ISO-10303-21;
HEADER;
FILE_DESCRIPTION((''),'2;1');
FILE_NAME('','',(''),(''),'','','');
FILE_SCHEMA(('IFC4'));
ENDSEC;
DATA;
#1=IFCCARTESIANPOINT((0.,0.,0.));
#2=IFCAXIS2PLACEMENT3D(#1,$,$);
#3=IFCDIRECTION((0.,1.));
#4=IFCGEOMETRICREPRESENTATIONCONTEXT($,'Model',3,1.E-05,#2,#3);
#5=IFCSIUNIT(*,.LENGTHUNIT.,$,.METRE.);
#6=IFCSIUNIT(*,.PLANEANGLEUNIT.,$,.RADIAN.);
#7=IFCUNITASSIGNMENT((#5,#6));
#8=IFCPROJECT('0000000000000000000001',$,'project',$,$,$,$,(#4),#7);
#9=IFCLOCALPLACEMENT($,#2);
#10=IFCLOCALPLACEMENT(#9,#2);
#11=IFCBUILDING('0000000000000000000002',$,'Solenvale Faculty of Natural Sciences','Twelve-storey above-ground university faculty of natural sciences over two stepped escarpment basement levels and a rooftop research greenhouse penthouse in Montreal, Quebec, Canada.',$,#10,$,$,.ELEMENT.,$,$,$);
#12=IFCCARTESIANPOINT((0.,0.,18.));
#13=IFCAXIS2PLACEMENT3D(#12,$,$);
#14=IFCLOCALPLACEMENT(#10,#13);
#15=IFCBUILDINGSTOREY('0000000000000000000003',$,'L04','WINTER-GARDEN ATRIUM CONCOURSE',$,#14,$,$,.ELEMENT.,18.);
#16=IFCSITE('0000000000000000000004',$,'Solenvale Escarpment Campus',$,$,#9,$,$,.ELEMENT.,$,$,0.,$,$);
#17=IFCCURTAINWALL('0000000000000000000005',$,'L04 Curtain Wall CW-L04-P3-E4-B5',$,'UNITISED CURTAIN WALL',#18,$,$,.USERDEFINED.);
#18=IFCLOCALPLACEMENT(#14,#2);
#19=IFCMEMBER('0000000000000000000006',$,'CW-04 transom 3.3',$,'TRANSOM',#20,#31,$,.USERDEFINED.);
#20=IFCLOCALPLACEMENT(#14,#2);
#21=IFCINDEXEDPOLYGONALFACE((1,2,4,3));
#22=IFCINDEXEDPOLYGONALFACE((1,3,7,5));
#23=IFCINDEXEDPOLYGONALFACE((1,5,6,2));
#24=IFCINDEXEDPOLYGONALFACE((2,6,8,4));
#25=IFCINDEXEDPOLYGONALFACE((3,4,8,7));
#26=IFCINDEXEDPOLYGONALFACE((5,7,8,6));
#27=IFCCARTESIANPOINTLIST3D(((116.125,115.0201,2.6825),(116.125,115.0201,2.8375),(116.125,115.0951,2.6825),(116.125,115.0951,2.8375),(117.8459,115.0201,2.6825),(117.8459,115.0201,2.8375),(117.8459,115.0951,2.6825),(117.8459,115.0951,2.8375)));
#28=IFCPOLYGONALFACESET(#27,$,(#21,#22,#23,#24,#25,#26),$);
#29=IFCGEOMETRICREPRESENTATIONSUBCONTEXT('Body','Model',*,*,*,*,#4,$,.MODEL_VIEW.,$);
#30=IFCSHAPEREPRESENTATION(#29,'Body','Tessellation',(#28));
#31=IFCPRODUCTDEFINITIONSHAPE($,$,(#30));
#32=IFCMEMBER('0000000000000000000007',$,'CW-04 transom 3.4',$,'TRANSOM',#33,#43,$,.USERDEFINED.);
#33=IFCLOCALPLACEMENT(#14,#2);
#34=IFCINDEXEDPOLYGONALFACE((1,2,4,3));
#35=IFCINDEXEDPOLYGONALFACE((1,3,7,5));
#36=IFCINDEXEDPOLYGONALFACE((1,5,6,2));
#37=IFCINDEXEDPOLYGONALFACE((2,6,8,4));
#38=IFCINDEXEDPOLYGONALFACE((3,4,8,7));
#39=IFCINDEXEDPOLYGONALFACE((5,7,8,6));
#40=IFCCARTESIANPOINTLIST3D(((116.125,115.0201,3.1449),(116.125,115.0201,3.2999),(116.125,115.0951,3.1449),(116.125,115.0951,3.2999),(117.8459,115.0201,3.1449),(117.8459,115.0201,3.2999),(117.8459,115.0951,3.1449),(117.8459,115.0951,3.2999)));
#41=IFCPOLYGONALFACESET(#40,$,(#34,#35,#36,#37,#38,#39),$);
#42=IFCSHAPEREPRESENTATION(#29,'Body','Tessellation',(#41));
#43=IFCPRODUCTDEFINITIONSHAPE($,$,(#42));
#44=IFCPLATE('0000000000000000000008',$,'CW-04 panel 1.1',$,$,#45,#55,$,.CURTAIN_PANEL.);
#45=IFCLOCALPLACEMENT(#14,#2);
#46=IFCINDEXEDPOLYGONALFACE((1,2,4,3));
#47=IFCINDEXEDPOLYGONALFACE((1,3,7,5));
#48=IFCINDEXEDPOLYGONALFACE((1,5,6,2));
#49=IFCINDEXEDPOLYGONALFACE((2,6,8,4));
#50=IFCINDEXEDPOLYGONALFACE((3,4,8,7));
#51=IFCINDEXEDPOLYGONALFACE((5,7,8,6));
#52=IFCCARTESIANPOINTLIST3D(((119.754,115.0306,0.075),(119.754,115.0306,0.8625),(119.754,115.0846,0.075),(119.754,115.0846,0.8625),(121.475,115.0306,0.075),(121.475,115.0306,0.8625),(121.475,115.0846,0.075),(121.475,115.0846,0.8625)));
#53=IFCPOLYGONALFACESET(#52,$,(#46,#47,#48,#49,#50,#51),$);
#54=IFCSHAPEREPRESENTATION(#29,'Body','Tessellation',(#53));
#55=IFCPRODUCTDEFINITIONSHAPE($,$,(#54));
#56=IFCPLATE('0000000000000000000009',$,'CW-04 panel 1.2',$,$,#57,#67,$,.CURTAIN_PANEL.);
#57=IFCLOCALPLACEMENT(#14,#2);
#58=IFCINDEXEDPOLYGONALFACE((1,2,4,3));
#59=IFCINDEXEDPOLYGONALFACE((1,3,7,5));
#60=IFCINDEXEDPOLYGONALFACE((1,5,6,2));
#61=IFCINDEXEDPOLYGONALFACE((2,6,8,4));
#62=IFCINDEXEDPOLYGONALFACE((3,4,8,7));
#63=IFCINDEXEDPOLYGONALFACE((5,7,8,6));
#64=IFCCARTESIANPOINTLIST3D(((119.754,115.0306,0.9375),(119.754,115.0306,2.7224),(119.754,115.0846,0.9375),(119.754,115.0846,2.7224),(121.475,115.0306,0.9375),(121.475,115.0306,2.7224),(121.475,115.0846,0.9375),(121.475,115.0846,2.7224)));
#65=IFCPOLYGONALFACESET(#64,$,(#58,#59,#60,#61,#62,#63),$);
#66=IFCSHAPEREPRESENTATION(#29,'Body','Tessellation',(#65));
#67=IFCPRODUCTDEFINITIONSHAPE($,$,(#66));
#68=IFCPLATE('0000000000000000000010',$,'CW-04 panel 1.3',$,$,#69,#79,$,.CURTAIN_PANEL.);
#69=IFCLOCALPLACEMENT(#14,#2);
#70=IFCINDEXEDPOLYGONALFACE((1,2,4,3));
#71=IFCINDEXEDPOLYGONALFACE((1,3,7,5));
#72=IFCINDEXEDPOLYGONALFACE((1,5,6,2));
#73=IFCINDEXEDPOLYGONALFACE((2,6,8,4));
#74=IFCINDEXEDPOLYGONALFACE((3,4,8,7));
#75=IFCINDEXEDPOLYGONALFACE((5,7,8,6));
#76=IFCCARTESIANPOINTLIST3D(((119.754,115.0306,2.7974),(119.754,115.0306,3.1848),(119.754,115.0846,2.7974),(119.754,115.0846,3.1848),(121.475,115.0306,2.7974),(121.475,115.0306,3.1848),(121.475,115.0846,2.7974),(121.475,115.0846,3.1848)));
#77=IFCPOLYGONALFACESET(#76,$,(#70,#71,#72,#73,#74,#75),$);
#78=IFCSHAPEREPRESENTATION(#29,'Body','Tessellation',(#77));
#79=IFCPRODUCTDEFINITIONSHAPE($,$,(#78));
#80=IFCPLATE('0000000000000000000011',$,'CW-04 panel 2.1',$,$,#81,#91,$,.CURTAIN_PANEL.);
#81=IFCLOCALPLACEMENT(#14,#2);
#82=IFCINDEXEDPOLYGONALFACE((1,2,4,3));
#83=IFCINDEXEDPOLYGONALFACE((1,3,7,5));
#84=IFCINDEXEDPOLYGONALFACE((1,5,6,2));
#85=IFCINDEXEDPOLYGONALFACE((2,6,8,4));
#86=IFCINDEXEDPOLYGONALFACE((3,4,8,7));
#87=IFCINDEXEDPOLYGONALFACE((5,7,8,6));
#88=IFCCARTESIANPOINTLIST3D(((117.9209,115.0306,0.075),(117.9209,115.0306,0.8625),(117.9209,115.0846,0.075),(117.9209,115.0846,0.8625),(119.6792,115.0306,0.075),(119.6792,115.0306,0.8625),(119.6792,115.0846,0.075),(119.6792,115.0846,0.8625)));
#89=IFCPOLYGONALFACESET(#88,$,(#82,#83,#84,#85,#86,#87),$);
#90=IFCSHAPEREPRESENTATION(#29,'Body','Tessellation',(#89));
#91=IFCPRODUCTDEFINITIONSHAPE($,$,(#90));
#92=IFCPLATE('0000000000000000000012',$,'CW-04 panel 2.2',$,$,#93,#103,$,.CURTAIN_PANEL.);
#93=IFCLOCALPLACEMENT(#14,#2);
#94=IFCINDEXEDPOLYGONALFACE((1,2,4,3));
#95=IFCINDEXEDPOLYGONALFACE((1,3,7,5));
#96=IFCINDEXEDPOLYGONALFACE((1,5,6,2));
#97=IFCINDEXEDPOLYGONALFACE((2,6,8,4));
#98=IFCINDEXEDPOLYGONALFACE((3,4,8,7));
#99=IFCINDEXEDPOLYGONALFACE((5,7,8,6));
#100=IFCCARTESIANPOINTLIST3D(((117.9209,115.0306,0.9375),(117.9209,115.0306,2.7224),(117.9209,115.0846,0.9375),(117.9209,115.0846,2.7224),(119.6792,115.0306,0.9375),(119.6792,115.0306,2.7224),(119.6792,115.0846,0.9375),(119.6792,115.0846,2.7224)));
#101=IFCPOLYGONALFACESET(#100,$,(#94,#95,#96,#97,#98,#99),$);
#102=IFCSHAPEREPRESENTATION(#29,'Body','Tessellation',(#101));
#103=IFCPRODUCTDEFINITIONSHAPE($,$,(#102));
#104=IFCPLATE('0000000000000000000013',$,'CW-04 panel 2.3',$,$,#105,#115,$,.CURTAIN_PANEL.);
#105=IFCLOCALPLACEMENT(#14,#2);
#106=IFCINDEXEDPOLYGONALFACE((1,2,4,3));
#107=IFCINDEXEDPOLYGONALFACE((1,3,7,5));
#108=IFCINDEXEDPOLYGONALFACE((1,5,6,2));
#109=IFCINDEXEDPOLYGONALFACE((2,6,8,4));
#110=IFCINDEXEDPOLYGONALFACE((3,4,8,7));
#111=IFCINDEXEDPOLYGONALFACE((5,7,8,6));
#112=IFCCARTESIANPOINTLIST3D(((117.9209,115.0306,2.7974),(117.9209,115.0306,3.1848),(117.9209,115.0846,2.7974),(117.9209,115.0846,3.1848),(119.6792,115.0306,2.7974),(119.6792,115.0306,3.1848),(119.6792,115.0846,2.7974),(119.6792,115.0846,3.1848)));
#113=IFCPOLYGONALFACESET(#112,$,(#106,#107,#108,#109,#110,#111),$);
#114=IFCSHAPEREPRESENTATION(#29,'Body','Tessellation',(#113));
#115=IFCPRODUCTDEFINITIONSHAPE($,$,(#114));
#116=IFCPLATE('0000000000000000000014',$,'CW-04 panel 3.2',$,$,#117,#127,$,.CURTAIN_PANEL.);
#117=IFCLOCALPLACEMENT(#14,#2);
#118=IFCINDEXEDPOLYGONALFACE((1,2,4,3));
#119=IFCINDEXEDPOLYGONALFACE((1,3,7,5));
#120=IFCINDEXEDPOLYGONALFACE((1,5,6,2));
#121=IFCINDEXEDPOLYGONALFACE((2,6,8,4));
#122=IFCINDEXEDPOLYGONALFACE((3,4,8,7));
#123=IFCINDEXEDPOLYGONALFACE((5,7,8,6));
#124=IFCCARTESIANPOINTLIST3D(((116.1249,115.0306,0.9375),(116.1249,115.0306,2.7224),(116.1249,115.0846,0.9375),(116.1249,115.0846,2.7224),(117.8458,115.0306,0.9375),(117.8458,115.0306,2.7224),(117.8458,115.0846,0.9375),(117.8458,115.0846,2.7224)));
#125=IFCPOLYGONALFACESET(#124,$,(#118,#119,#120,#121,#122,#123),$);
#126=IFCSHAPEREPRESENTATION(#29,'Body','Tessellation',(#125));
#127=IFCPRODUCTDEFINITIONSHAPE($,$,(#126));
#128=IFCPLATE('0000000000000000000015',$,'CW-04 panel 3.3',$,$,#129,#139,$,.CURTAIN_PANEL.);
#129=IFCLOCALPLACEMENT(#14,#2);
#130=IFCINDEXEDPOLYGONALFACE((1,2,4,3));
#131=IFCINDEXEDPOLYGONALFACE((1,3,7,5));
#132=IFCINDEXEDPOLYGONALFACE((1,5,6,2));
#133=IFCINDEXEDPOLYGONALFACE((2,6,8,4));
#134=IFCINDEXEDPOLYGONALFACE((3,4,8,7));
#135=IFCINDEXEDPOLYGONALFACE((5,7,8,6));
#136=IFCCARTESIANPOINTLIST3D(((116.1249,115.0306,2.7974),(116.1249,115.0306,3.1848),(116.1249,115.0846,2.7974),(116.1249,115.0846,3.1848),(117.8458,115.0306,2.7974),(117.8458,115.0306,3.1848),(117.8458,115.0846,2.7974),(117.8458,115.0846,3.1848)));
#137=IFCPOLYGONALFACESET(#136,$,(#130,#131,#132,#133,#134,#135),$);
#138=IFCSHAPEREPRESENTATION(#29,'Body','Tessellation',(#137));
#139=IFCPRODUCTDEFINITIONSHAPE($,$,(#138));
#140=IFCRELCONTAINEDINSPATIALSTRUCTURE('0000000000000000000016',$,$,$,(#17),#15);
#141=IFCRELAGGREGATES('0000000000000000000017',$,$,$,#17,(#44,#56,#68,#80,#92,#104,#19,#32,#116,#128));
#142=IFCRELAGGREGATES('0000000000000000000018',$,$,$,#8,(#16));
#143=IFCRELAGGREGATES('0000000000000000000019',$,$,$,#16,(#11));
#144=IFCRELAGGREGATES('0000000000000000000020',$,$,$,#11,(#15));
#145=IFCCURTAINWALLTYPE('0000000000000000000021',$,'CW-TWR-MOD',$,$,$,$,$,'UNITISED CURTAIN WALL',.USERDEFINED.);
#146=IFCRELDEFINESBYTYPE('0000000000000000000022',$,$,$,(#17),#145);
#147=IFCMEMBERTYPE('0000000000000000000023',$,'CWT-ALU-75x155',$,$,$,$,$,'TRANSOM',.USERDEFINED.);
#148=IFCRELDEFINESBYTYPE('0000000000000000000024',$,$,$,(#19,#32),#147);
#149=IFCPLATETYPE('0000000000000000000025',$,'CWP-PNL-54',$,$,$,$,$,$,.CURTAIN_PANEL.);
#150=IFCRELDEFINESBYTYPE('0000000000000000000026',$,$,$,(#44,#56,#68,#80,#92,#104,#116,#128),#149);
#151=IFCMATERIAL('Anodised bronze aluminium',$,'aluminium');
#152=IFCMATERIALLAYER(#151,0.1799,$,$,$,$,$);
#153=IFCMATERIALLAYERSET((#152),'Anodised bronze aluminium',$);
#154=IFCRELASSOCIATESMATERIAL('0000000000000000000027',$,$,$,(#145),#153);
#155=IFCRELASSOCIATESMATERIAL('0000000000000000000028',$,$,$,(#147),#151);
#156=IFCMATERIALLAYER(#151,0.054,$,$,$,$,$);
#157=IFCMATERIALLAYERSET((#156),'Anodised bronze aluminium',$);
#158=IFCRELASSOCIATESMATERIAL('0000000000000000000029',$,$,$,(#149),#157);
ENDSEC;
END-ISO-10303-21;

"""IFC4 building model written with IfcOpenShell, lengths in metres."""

from ifc_helpers import new_model, si_unit, direction, frame, origin, origin_2d, place, context, subcontext, project, spatial, rectangle, extrude, material, layer, layer_set, material_profile, profile_set, type_object, element, aggregate, save


model = new_model("IFC4")

# Units and contexts
model_context = context("Model", 3, precision=1e-05, world=origin(), true_north=direction((0.0, 1.0)))
body_context = subcontext(model_context, "Body", "Model", "MODEL_VIEW")
ifc_project = project(units=[si_unit("LENGTHUNIT", "METRE"), si_unit("PLANEANGLEUNIT", "RADIAN")], contexts=[model_context])

# Site, building, storey
site_placement = place(None, origin())
site = spatial("IfcSite", under=ifc_project, at=site_placement, Name="Solenvale Escarpment Campus", CompositionType="ELEMENT", RefElevation=0.0)
building_placement = place(site_placement, origin())
building = spatial("IfcBuilding", under=site, at=building_placement, Name="Solenvale Faculty of Natural Sciences", Description="Twelve-storey above-ground university faculty of natural sciences over two stepped escarpment basement levels and a rooftop research greenhouse penthouse in Montreal, Quebec, Canada.", CompositionType="ELEMENT")
storey_placement = place(building_placement, frame((0.0, 0.0, 18.0)))
storey = spatial("IfcBuildingStorey", under=building, at=storey_placement, Name="L04", Description="WINTER-GARDEN ATRIUM CONCOURSE", CompositionType="ELEMENT", Elevation=18.0)

# Curtain wall, members, plates
ifc_material_1 = material(Name="Anodised bronze aluminium", Category="aluminium")
ifc_layer_1 = layer(ifc_material_1, 0.1799)
ifc_layer_set_1 = layer_set([ifc_layer_1], Name="Anodised bronze aluminium")
curtain_wall_type = type_object("IfcCurtainWallType", Name="CW-TWR-MOD", ElementType="UNITISED CURTAIN WALL", PredefinedType="USERDEFINED", material=ifc_layer_set_1)
curtain_wall_placement = place(storey_placement, origin())
curtain_wall = element("IfcCurtainWall", 1, at=curtain_wall_placement, inside=storey, type_object=curtain_wall_type, Name="L04 Curtain Wall CW-L04-P3-E4-B5", ObjectType="UNITISED CURTAIN WALL", PredefinedType="USERDEFINED")
ifc_material_profile_1 = material_profile(ifc_material_1, rectangle(XDim=0.075, YDim=0.155, at=origin_2d()), Name="ALU-TRN-75x155")
ifc_profile_set_1 = profile_set([ifc_material_profile_1], Name="Anodised bronze aluminium")
member_type_1 = type_object("IfcMemberType", Name="CWT-ALU-75x155", ElementType="TRANSOM", PredefinedType="USERDEFINED", material=ifc_profile_set_1)
member_1_placement = place(storey_placement, frame((117.8459, 115.0576, 2.76), z_axis=(-1.0, 0.0, 0.0), x_axis=(0.0, -1.0, 0.0)))
member_1 = element("IfcMember", 2, at=member_1_placement, type_object=member_type_1, Name="CW-04 transom 3.3", ObjectType="TRANSOM", PredefinedType="USERDEFINED", context=body_context, shape_type="SweptSolid", body=[
    extrude(rectangle(XDim=0.075, YDim=0.155, at=origin_2d()), origin(), (0.0, 0.0, 1.0), 1.7209),
])
member_2_placement = place(storey_placement, frame((117.8459, 115.0576, 3.2224), z_axis=(-1.0, 0.0, 0.0), x_axis=(0.0, -1.0, 0.0)))
member_2 = element("IfcMember", 3, at=member_2_placement, type_object=member_type_1, Name="CW-04 transom 3.4", ObjectType="TRANSOM", PredefinedType="USERDEFINED", context=body_context, shape_type="SweptSolid", body=[
    extrude(rectangle(XDim=0.075, YDim=0.155, at=origin_2d()), origin(), (0.0, 0.0, 1.0), 1.7209),
])
ifc_layer_2 = layer(ifc_material_1, 0.054)
ifc_layer_set_2 = layer_set([ifc_layer_2], Name="Anodised bronze aluminium")
plate_type = type_object("IfcPlateType", Name="CWP-PNL-54", PredefinedType="CURTAIN_PANEL", material=ifc_layer_set_2)
plate_1_placement = place(storey_placement, frame((120.6145, 115.0576, 0.075), z_axis=(0.0, 0.0, 1.0), x_axis=(-1.0, 0.0, 0.0)))
plate_1 = element("IfcPlate", 4, at=plate_1_placement, type_object=plate_type, Name="CW-04 panel 1.1", PredefinedType="CURTAIN_PANEL", context=body_context, shape_type="SweptSolid", body=[
    extrude(rectangle(XDim=1.7209, YDim=0.054, at=origin_2d()), origin(), (0.0, 0.0, 1.0), 0.7876),
])
plate_2_placement = place(storey_placement, frame((120.6145, 115.0576, 0.9375), z_axis=(0.0, 0.0, 1.0), x_axis=(-1.0, 0.0, 0.0)))
plate_2 = element("IfcPlate", 5, at=plate_2_placement, type_object=plate_type, Name="CW-04 panel 1.2", PredefinedType="CURTAIN_PANEL", context=body_context, shape_type="SweptSolid", body=[
    extrude(rectangle(XDim=1.7209, YDim=0.054, at=origin_2d()), origin(), (0.0, 0.0, 1.0), 1.7849),
])
plate_3_placement = place(storey_placement, frame((120.6145, 115.0576, 2.7974), z_axis=(0.0, 0.0, 1.0), x_axis=(-1.0, 0.0, 0.0)))
plate_3 = element("IfcPlate", 6, at=plate_3_placement, type_object=plate_type, Name="CW-04 panel 1.3", PredefinedType="CURTAIN_PANEL", context=body_context, shape_type="SweptSolid", body=[
    extrude(rectangle(XDim=1.7209, YDim=0.054, at=origin_2d()), origin(), (0.0, 0.0, 1.0), 0.3875),
])
plate_4_placement = place(storey_placement, frame((118.8, 115.0576, 0.075), z_axis=(0.0, 0.0, 1.0), x_axis=(-1.0, 0.0, 0.0)))
plate_4 = element("IfcPlate", 7, at=plate_4_placement, type_object=plate_type, Name="CW-04 panel 2.1", PredefinedType="CURTAIN_PANEL", context=body_context, shape_type="SweptSolid", body=[
    extrude(rectangle(XDim=1.7583, YDim=0.054, at=origin_2d()), origin(), (0.0, 0.0, 1.0), 0.7876),
])
plate_5_placement = place(storey_placement, frame((118.8, 115.0576, 0.9375), z_axis=(0.0, 0.0, 1.0), x_axis=(-1.0, 0.0, 0.0)))
plate_5 = element("IfcPlate", 8, at=plate_5_placement, type_object=plate_type, Name="CW-04 panel 2.2", PredefinedType="CURTAIN_PANEL", context=body_context, shape_type="SweptSolid", body=[
    extrude(rectangle(XDim=1.7583, YDim=0.054, at=origin_2d()), origin(), (0.0, 0.0, 1.0), 1.7849),
])
plate_6_placement = place(storey_placement, frame((118.8, 115.0576, 2.7974), z_axis=(0.0, 0.0, 1.0), x_axis=(-1.0, 0.0, 0.0)))
plate_6 = element("IfcPlate", 9, at=plate_6_placement, type_object=plate_type, Name="CW-04 panel 2.3", PredefinedType="CURTAIN_PANEL", context=body_context, shape_type="SweptSolid", body=[
    extrude(rectangle(XDim=1.7583, YDim=0.054, at=origin_2d()), origin(), (0.0, 0.0, 1.0), 0.3875),
])
plate_7_placement = place(storey_placement, frame((116.9854, 115.0576, 0.9375), z_axis=(0.0, 0.0, 1.0), x_axis=(-1.0, 0.0, 0.0)))
plate_7 = element("IfcPlate", 10, at=plate_7_placement, type_object=plate_type, Name="CW-04 panel 3.2", PredefinedType="CURTAIN_PANEL", context=body_context, shape_type="SweptSolid", body=[
    extrude(rectangle(XDim=1.7209, YDim=0.054, at=origin_2d()), origin(), (0.0, 0.0, 1.0), 1.7849),
])
plate_8_placement = place(storey_placement, frame((116.9854, 115.0576, 2.7974), z_axis=(0.0, 0.0, 1.0), x_axis=(-1.0, 0.0, 0.0)))
plate_8 = element("IfcPlate", 11, at=plate_8_placement, type_object=plate_type, Name="CW-04 panel 3.3", PredefinedType="CURTAIN_PANEL", context=body_context, shape_type="SweptSolid", body=[
    extrude(rectangle(XDim=1.7209, YDim=0.054, at=origin_2d()), origin(), (0.0, 0.0, 1.0), 0.3875),
])
aggregate(curtain_wall, [plate_1, plate_2, plate_3, plate_4, plate_5, plate_6, member_1, member_2, plate_7, plate_8])

save(model, "model.ifc")
